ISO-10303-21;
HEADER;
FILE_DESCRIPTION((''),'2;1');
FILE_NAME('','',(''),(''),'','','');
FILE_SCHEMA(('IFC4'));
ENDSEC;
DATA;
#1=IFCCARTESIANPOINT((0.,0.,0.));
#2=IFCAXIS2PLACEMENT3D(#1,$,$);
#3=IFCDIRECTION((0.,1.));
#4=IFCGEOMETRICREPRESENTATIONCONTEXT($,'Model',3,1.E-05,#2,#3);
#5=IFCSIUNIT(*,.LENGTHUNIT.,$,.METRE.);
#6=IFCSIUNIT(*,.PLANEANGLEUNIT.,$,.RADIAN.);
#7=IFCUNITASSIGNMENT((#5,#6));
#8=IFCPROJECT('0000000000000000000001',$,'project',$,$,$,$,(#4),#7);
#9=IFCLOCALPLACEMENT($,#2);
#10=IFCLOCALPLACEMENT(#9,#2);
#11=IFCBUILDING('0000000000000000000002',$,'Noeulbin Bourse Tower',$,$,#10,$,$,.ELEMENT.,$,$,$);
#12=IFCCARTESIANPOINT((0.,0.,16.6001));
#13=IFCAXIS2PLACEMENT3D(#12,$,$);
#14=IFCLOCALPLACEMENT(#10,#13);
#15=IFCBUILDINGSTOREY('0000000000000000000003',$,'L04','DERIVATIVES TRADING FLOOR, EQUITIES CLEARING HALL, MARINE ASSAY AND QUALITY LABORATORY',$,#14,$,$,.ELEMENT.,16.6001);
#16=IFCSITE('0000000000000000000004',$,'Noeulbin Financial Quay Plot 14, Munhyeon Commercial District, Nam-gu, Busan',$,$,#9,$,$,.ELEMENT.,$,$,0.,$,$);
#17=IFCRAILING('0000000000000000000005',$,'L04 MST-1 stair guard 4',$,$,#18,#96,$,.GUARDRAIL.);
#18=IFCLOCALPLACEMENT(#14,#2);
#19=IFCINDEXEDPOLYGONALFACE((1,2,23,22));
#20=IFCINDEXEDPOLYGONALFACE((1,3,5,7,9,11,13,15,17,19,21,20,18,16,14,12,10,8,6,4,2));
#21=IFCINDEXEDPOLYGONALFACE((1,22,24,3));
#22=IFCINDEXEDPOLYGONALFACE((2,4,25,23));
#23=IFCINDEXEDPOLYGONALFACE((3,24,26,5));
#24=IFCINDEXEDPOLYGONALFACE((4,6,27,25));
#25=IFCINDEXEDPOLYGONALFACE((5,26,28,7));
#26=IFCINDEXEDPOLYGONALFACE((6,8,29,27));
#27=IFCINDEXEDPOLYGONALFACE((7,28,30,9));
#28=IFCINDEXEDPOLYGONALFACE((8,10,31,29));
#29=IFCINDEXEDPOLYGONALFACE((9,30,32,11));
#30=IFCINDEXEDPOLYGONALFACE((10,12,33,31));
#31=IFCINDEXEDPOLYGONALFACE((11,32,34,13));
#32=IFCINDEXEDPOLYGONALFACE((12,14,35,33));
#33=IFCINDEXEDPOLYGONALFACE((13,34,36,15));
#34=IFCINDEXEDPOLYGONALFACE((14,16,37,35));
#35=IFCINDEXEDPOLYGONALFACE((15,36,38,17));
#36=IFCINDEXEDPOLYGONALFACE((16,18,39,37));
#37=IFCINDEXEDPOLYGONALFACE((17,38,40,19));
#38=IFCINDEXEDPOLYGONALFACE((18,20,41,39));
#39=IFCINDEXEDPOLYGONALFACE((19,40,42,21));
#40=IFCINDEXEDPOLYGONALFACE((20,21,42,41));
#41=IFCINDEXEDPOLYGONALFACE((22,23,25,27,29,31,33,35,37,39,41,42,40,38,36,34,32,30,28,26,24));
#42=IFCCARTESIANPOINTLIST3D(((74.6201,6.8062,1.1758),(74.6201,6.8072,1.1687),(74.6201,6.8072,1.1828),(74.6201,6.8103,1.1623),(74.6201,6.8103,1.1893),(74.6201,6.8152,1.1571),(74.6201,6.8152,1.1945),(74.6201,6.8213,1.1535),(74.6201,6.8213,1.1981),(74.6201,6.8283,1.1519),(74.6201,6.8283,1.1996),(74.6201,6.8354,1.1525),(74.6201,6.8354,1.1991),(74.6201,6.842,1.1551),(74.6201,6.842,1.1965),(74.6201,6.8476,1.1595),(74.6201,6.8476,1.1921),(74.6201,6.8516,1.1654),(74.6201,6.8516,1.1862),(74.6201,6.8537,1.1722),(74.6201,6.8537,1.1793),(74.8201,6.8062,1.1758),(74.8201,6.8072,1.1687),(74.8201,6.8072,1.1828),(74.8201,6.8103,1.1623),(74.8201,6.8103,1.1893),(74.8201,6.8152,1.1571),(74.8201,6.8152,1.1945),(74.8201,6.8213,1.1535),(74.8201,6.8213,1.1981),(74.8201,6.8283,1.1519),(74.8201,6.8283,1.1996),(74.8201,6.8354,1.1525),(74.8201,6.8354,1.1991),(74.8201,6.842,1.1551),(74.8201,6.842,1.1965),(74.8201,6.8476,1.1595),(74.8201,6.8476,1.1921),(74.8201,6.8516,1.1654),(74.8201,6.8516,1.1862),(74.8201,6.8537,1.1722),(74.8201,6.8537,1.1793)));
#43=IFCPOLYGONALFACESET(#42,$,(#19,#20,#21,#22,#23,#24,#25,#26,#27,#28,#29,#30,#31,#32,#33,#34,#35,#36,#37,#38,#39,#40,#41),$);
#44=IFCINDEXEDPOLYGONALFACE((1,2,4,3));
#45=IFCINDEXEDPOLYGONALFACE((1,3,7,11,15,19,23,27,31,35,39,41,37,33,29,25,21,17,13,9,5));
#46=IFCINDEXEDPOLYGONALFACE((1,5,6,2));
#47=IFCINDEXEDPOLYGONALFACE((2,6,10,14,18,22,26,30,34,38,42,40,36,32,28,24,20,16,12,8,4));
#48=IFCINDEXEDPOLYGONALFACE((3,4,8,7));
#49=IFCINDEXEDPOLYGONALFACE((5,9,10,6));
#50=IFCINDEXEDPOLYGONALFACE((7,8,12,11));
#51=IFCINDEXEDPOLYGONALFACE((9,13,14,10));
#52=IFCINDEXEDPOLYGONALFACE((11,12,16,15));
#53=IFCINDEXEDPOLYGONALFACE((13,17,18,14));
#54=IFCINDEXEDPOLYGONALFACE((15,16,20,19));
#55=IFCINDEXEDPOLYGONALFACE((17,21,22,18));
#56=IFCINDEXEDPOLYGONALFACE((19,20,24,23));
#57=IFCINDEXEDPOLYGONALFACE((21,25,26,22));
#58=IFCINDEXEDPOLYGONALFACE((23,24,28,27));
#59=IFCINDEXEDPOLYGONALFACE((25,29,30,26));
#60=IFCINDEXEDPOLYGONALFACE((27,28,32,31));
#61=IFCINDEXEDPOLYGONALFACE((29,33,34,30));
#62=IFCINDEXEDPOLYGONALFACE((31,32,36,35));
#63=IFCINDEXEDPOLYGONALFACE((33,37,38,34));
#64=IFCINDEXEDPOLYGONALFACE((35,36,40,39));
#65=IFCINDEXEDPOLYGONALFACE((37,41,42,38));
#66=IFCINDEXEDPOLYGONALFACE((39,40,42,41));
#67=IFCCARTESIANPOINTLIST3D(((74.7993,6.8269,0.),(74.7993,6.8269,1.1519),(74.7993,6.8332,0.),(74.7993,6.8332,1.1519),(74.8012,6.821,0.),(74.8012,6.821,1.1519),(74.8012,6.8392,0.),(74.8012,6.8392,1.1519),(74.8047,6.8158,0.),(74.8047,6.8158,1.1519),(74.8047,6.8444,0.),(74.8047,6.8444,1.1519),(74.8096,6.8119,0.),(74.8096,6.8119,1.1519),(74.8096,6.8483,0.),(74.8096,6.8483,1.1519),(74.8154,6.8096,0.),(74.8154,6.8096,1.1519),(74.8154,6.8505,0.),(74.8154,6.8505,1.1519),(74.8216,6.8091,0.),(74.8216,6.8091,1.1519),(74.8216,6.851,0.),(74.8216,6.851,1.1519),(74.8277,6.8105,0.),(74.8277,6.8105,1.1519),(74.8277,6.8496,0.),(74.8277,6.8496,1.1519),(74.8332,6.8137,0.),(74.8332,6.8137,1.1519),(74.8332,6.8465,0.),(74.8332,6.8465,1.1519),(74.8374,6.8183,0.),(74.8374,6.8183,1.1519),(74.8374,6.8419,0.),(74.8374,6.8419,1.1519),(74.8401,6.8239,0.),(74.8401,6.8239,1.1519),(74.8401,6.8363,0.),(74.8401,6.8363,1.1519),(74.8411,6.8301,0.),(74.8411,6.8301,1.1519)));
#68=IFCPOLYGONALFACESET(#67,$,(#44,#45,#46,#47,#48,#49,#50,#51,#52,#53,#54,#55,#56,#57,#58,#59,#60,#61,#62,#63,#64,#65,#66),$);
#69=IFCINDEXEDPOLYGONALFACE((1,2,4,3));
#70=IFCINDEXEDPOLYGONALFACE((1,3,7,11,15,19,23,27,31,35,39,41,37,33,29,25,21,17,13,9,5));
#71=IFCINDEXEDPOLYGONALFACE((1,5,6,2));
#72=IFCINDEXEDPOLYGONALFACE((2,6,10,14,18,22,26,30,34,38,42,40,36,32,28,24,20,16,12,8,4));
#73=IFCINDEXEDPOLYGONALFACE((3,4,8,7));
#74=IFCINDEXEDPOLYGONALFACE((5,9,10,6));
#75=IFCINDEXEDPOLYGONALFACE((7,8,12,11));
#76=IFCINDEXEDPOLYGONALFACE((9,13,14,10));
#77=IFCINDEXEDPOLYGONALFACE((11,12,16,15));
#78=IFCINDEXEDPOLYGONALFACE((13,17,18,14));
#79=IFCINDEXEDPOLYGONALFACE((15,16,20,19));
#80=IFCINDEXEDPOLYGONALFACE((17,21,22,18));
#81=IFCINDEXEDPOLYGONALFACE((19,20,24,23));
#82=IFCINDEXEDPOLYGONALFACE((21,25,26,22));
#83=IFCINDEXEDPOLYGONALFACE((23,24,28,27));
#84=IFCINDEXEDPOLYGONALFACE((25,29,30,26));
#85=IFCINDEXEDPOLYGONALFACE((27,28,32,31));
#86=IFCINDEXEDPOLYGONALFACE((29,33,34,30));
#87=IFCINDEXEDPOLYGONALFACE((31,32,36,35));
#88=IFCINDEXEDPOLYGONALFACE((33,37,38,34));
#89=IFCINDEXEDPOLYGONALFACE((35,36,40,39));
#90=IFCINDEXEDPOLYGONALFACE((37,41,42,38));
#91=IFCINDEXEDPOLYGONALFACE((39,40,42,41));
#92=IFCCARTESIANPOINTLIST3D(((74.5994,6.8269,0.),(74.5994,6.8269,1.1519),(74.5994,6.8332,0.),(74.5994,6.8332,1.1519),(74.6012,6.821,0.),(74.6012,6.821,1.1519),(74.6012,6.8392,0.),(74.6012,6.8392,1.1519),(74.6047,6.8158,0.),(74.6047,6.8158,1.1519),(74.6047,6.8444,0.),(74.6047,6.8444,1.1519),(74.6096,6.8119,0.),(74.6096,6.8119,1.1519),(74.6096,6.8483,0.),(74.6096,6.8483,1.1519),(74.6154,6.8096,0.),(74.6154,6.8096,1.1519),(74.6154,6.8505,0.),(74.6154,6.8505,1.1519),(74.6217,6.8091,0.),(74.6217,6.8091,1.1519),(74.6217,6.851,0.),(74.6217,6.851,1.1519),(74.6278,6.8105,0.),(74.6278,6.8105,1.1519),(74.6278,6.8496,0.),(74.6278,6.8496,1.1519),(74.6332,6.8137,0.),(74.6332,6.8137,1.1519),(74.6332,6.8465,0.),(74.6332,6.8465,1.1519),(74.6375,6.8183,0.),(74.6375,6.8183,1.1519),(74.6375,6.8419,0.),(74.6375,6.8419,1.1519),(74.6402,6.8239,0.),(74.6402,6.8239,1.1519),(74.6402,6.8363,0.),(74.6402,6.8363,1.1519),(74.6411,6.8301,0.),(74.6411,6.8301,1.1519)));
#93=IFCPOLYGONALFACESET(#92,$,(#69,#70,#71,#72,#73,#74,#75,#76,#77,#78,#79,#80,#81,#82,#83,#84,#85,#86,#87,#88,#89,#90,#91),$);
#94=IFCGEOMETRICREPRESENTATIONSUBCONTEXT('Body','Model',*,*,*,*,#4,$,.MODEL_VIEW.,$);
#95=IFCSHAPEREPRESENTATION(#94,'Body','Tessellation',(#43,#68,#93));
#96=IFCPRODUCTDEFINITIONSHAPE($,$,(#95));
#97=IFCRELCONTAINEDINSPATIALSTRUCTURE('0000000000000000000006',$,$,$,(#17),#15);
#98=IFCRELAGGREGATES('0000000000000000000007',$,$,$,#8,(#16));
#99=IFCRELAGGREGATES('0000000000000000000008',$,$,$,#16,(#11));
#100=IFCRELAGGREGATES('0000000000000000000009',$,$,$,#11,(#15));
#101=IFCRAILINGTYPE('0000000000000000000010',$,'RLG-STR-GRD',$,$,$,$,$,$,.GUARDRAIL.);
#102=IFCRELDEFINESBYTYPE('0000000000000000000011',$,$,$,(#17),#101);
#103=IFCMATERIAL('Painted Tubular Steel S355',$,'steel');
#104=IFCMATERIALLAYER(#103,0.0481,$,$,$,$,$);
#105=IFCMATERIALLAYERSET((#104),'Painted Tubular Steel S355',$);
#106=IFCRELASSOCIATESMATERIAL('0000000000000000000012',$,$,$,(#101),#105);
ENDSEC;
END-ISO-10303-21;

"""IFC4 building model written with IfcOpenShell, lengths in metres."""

from ifc_helpers import new_model, si_unit, direction, frame, origin, origin_2d, place, context, subcontext, project, spatial, circle, extrude, material, layer, layer_set, type_object, element, save


model = new_model("IFC4")

# Units and contexts
model_context = context("Model", 3, precision=1e-05, world=origin(), true_north=direction((0.0, 1.0)))
body_context = subcontext(model_context, "Body", "Model", "MODEL_VIEW")
ifc_project = project(units=[si_unit("LENGTHUNIT", "METRE"), si_unit("PLANEANGLEUNIT", "RADIAN")], contexts=[model_context])

# Site, building, storey
site_placement = place(None, origin())
site = spatial("IfcSite", under=ifc_project, at=site_placement, Name="Noeulbin Financial Quay Plot 14, Munhyeon Commercial District, Nam-gu, Busan", CompositionType="ELEMENT", RefElevation=0.0)
building_placement = place(site_placement, origin())
building = spatial("IfcBuilding", under=site, at=building_placement, Name="Noeulbin Bourse Tower", CompositionType="ELEMENT")
storey_placement = place(building_placement, frame((0.0, 0.0, 16.6001)))
storey = spatial("IfcBuildingStorey", under=building, at=storey_placement, Name="L04", Description="DERIVATIVES TRADING FLOOR, EQUITIES CLEARING HALL, MARINE ASSAY AND QUALITY LABORATORY", CompositionType="ELEMENT", Elevation=16.6001)

# Railing
ifc_material_1 = material(Name="Painted Tubular Steel S355", Category="steel")
ifc_layer_1 = layer(ifc_material_1, 0.0481)
ifc_layer_set_1 = layer_set([ifc_layer_1], Name="Painted Tubular Steel S355")
railing_type_1 = type_object("IfcRailingType", Name="RLG-STR-GRD", PredefinedType="GUARDRAIL", material=ifc_layer_set_1)
railing_1_placement = place(storey_placement, frame((74.8201, 6.8301, 0.0)))
element("IfcRailing", 1, at=railing_1_placement, inside=storey, type_object=railing_type_1, Name="L04 MST-1 stair guard 4", PredefinedType="GUARDRAIL", context=body_context, shape_type="SweptSolid", body=[
    extrude(circle(Radius=0.0239, at=origin_2d()), frame((0.0, 0.0, 1.1758), z_axis=(-1.0, 0.0, 0.0), x_axis=(0.0, -1.0, 0.0)), (0.0, 0.0, 1.0), 0.2),
    extrude(circle(Radius=0.021, at=origin_2d()), origin(), (0.0, 0.0, 1.0), 1.1519),
    extrude(circle(Radius=0.021, at=origin_2d()), frame((-0.2, 0.0, 0.0)), (0.0, 0.0, 1.0), 1.1519),
])

save(model, "model.ifc")
